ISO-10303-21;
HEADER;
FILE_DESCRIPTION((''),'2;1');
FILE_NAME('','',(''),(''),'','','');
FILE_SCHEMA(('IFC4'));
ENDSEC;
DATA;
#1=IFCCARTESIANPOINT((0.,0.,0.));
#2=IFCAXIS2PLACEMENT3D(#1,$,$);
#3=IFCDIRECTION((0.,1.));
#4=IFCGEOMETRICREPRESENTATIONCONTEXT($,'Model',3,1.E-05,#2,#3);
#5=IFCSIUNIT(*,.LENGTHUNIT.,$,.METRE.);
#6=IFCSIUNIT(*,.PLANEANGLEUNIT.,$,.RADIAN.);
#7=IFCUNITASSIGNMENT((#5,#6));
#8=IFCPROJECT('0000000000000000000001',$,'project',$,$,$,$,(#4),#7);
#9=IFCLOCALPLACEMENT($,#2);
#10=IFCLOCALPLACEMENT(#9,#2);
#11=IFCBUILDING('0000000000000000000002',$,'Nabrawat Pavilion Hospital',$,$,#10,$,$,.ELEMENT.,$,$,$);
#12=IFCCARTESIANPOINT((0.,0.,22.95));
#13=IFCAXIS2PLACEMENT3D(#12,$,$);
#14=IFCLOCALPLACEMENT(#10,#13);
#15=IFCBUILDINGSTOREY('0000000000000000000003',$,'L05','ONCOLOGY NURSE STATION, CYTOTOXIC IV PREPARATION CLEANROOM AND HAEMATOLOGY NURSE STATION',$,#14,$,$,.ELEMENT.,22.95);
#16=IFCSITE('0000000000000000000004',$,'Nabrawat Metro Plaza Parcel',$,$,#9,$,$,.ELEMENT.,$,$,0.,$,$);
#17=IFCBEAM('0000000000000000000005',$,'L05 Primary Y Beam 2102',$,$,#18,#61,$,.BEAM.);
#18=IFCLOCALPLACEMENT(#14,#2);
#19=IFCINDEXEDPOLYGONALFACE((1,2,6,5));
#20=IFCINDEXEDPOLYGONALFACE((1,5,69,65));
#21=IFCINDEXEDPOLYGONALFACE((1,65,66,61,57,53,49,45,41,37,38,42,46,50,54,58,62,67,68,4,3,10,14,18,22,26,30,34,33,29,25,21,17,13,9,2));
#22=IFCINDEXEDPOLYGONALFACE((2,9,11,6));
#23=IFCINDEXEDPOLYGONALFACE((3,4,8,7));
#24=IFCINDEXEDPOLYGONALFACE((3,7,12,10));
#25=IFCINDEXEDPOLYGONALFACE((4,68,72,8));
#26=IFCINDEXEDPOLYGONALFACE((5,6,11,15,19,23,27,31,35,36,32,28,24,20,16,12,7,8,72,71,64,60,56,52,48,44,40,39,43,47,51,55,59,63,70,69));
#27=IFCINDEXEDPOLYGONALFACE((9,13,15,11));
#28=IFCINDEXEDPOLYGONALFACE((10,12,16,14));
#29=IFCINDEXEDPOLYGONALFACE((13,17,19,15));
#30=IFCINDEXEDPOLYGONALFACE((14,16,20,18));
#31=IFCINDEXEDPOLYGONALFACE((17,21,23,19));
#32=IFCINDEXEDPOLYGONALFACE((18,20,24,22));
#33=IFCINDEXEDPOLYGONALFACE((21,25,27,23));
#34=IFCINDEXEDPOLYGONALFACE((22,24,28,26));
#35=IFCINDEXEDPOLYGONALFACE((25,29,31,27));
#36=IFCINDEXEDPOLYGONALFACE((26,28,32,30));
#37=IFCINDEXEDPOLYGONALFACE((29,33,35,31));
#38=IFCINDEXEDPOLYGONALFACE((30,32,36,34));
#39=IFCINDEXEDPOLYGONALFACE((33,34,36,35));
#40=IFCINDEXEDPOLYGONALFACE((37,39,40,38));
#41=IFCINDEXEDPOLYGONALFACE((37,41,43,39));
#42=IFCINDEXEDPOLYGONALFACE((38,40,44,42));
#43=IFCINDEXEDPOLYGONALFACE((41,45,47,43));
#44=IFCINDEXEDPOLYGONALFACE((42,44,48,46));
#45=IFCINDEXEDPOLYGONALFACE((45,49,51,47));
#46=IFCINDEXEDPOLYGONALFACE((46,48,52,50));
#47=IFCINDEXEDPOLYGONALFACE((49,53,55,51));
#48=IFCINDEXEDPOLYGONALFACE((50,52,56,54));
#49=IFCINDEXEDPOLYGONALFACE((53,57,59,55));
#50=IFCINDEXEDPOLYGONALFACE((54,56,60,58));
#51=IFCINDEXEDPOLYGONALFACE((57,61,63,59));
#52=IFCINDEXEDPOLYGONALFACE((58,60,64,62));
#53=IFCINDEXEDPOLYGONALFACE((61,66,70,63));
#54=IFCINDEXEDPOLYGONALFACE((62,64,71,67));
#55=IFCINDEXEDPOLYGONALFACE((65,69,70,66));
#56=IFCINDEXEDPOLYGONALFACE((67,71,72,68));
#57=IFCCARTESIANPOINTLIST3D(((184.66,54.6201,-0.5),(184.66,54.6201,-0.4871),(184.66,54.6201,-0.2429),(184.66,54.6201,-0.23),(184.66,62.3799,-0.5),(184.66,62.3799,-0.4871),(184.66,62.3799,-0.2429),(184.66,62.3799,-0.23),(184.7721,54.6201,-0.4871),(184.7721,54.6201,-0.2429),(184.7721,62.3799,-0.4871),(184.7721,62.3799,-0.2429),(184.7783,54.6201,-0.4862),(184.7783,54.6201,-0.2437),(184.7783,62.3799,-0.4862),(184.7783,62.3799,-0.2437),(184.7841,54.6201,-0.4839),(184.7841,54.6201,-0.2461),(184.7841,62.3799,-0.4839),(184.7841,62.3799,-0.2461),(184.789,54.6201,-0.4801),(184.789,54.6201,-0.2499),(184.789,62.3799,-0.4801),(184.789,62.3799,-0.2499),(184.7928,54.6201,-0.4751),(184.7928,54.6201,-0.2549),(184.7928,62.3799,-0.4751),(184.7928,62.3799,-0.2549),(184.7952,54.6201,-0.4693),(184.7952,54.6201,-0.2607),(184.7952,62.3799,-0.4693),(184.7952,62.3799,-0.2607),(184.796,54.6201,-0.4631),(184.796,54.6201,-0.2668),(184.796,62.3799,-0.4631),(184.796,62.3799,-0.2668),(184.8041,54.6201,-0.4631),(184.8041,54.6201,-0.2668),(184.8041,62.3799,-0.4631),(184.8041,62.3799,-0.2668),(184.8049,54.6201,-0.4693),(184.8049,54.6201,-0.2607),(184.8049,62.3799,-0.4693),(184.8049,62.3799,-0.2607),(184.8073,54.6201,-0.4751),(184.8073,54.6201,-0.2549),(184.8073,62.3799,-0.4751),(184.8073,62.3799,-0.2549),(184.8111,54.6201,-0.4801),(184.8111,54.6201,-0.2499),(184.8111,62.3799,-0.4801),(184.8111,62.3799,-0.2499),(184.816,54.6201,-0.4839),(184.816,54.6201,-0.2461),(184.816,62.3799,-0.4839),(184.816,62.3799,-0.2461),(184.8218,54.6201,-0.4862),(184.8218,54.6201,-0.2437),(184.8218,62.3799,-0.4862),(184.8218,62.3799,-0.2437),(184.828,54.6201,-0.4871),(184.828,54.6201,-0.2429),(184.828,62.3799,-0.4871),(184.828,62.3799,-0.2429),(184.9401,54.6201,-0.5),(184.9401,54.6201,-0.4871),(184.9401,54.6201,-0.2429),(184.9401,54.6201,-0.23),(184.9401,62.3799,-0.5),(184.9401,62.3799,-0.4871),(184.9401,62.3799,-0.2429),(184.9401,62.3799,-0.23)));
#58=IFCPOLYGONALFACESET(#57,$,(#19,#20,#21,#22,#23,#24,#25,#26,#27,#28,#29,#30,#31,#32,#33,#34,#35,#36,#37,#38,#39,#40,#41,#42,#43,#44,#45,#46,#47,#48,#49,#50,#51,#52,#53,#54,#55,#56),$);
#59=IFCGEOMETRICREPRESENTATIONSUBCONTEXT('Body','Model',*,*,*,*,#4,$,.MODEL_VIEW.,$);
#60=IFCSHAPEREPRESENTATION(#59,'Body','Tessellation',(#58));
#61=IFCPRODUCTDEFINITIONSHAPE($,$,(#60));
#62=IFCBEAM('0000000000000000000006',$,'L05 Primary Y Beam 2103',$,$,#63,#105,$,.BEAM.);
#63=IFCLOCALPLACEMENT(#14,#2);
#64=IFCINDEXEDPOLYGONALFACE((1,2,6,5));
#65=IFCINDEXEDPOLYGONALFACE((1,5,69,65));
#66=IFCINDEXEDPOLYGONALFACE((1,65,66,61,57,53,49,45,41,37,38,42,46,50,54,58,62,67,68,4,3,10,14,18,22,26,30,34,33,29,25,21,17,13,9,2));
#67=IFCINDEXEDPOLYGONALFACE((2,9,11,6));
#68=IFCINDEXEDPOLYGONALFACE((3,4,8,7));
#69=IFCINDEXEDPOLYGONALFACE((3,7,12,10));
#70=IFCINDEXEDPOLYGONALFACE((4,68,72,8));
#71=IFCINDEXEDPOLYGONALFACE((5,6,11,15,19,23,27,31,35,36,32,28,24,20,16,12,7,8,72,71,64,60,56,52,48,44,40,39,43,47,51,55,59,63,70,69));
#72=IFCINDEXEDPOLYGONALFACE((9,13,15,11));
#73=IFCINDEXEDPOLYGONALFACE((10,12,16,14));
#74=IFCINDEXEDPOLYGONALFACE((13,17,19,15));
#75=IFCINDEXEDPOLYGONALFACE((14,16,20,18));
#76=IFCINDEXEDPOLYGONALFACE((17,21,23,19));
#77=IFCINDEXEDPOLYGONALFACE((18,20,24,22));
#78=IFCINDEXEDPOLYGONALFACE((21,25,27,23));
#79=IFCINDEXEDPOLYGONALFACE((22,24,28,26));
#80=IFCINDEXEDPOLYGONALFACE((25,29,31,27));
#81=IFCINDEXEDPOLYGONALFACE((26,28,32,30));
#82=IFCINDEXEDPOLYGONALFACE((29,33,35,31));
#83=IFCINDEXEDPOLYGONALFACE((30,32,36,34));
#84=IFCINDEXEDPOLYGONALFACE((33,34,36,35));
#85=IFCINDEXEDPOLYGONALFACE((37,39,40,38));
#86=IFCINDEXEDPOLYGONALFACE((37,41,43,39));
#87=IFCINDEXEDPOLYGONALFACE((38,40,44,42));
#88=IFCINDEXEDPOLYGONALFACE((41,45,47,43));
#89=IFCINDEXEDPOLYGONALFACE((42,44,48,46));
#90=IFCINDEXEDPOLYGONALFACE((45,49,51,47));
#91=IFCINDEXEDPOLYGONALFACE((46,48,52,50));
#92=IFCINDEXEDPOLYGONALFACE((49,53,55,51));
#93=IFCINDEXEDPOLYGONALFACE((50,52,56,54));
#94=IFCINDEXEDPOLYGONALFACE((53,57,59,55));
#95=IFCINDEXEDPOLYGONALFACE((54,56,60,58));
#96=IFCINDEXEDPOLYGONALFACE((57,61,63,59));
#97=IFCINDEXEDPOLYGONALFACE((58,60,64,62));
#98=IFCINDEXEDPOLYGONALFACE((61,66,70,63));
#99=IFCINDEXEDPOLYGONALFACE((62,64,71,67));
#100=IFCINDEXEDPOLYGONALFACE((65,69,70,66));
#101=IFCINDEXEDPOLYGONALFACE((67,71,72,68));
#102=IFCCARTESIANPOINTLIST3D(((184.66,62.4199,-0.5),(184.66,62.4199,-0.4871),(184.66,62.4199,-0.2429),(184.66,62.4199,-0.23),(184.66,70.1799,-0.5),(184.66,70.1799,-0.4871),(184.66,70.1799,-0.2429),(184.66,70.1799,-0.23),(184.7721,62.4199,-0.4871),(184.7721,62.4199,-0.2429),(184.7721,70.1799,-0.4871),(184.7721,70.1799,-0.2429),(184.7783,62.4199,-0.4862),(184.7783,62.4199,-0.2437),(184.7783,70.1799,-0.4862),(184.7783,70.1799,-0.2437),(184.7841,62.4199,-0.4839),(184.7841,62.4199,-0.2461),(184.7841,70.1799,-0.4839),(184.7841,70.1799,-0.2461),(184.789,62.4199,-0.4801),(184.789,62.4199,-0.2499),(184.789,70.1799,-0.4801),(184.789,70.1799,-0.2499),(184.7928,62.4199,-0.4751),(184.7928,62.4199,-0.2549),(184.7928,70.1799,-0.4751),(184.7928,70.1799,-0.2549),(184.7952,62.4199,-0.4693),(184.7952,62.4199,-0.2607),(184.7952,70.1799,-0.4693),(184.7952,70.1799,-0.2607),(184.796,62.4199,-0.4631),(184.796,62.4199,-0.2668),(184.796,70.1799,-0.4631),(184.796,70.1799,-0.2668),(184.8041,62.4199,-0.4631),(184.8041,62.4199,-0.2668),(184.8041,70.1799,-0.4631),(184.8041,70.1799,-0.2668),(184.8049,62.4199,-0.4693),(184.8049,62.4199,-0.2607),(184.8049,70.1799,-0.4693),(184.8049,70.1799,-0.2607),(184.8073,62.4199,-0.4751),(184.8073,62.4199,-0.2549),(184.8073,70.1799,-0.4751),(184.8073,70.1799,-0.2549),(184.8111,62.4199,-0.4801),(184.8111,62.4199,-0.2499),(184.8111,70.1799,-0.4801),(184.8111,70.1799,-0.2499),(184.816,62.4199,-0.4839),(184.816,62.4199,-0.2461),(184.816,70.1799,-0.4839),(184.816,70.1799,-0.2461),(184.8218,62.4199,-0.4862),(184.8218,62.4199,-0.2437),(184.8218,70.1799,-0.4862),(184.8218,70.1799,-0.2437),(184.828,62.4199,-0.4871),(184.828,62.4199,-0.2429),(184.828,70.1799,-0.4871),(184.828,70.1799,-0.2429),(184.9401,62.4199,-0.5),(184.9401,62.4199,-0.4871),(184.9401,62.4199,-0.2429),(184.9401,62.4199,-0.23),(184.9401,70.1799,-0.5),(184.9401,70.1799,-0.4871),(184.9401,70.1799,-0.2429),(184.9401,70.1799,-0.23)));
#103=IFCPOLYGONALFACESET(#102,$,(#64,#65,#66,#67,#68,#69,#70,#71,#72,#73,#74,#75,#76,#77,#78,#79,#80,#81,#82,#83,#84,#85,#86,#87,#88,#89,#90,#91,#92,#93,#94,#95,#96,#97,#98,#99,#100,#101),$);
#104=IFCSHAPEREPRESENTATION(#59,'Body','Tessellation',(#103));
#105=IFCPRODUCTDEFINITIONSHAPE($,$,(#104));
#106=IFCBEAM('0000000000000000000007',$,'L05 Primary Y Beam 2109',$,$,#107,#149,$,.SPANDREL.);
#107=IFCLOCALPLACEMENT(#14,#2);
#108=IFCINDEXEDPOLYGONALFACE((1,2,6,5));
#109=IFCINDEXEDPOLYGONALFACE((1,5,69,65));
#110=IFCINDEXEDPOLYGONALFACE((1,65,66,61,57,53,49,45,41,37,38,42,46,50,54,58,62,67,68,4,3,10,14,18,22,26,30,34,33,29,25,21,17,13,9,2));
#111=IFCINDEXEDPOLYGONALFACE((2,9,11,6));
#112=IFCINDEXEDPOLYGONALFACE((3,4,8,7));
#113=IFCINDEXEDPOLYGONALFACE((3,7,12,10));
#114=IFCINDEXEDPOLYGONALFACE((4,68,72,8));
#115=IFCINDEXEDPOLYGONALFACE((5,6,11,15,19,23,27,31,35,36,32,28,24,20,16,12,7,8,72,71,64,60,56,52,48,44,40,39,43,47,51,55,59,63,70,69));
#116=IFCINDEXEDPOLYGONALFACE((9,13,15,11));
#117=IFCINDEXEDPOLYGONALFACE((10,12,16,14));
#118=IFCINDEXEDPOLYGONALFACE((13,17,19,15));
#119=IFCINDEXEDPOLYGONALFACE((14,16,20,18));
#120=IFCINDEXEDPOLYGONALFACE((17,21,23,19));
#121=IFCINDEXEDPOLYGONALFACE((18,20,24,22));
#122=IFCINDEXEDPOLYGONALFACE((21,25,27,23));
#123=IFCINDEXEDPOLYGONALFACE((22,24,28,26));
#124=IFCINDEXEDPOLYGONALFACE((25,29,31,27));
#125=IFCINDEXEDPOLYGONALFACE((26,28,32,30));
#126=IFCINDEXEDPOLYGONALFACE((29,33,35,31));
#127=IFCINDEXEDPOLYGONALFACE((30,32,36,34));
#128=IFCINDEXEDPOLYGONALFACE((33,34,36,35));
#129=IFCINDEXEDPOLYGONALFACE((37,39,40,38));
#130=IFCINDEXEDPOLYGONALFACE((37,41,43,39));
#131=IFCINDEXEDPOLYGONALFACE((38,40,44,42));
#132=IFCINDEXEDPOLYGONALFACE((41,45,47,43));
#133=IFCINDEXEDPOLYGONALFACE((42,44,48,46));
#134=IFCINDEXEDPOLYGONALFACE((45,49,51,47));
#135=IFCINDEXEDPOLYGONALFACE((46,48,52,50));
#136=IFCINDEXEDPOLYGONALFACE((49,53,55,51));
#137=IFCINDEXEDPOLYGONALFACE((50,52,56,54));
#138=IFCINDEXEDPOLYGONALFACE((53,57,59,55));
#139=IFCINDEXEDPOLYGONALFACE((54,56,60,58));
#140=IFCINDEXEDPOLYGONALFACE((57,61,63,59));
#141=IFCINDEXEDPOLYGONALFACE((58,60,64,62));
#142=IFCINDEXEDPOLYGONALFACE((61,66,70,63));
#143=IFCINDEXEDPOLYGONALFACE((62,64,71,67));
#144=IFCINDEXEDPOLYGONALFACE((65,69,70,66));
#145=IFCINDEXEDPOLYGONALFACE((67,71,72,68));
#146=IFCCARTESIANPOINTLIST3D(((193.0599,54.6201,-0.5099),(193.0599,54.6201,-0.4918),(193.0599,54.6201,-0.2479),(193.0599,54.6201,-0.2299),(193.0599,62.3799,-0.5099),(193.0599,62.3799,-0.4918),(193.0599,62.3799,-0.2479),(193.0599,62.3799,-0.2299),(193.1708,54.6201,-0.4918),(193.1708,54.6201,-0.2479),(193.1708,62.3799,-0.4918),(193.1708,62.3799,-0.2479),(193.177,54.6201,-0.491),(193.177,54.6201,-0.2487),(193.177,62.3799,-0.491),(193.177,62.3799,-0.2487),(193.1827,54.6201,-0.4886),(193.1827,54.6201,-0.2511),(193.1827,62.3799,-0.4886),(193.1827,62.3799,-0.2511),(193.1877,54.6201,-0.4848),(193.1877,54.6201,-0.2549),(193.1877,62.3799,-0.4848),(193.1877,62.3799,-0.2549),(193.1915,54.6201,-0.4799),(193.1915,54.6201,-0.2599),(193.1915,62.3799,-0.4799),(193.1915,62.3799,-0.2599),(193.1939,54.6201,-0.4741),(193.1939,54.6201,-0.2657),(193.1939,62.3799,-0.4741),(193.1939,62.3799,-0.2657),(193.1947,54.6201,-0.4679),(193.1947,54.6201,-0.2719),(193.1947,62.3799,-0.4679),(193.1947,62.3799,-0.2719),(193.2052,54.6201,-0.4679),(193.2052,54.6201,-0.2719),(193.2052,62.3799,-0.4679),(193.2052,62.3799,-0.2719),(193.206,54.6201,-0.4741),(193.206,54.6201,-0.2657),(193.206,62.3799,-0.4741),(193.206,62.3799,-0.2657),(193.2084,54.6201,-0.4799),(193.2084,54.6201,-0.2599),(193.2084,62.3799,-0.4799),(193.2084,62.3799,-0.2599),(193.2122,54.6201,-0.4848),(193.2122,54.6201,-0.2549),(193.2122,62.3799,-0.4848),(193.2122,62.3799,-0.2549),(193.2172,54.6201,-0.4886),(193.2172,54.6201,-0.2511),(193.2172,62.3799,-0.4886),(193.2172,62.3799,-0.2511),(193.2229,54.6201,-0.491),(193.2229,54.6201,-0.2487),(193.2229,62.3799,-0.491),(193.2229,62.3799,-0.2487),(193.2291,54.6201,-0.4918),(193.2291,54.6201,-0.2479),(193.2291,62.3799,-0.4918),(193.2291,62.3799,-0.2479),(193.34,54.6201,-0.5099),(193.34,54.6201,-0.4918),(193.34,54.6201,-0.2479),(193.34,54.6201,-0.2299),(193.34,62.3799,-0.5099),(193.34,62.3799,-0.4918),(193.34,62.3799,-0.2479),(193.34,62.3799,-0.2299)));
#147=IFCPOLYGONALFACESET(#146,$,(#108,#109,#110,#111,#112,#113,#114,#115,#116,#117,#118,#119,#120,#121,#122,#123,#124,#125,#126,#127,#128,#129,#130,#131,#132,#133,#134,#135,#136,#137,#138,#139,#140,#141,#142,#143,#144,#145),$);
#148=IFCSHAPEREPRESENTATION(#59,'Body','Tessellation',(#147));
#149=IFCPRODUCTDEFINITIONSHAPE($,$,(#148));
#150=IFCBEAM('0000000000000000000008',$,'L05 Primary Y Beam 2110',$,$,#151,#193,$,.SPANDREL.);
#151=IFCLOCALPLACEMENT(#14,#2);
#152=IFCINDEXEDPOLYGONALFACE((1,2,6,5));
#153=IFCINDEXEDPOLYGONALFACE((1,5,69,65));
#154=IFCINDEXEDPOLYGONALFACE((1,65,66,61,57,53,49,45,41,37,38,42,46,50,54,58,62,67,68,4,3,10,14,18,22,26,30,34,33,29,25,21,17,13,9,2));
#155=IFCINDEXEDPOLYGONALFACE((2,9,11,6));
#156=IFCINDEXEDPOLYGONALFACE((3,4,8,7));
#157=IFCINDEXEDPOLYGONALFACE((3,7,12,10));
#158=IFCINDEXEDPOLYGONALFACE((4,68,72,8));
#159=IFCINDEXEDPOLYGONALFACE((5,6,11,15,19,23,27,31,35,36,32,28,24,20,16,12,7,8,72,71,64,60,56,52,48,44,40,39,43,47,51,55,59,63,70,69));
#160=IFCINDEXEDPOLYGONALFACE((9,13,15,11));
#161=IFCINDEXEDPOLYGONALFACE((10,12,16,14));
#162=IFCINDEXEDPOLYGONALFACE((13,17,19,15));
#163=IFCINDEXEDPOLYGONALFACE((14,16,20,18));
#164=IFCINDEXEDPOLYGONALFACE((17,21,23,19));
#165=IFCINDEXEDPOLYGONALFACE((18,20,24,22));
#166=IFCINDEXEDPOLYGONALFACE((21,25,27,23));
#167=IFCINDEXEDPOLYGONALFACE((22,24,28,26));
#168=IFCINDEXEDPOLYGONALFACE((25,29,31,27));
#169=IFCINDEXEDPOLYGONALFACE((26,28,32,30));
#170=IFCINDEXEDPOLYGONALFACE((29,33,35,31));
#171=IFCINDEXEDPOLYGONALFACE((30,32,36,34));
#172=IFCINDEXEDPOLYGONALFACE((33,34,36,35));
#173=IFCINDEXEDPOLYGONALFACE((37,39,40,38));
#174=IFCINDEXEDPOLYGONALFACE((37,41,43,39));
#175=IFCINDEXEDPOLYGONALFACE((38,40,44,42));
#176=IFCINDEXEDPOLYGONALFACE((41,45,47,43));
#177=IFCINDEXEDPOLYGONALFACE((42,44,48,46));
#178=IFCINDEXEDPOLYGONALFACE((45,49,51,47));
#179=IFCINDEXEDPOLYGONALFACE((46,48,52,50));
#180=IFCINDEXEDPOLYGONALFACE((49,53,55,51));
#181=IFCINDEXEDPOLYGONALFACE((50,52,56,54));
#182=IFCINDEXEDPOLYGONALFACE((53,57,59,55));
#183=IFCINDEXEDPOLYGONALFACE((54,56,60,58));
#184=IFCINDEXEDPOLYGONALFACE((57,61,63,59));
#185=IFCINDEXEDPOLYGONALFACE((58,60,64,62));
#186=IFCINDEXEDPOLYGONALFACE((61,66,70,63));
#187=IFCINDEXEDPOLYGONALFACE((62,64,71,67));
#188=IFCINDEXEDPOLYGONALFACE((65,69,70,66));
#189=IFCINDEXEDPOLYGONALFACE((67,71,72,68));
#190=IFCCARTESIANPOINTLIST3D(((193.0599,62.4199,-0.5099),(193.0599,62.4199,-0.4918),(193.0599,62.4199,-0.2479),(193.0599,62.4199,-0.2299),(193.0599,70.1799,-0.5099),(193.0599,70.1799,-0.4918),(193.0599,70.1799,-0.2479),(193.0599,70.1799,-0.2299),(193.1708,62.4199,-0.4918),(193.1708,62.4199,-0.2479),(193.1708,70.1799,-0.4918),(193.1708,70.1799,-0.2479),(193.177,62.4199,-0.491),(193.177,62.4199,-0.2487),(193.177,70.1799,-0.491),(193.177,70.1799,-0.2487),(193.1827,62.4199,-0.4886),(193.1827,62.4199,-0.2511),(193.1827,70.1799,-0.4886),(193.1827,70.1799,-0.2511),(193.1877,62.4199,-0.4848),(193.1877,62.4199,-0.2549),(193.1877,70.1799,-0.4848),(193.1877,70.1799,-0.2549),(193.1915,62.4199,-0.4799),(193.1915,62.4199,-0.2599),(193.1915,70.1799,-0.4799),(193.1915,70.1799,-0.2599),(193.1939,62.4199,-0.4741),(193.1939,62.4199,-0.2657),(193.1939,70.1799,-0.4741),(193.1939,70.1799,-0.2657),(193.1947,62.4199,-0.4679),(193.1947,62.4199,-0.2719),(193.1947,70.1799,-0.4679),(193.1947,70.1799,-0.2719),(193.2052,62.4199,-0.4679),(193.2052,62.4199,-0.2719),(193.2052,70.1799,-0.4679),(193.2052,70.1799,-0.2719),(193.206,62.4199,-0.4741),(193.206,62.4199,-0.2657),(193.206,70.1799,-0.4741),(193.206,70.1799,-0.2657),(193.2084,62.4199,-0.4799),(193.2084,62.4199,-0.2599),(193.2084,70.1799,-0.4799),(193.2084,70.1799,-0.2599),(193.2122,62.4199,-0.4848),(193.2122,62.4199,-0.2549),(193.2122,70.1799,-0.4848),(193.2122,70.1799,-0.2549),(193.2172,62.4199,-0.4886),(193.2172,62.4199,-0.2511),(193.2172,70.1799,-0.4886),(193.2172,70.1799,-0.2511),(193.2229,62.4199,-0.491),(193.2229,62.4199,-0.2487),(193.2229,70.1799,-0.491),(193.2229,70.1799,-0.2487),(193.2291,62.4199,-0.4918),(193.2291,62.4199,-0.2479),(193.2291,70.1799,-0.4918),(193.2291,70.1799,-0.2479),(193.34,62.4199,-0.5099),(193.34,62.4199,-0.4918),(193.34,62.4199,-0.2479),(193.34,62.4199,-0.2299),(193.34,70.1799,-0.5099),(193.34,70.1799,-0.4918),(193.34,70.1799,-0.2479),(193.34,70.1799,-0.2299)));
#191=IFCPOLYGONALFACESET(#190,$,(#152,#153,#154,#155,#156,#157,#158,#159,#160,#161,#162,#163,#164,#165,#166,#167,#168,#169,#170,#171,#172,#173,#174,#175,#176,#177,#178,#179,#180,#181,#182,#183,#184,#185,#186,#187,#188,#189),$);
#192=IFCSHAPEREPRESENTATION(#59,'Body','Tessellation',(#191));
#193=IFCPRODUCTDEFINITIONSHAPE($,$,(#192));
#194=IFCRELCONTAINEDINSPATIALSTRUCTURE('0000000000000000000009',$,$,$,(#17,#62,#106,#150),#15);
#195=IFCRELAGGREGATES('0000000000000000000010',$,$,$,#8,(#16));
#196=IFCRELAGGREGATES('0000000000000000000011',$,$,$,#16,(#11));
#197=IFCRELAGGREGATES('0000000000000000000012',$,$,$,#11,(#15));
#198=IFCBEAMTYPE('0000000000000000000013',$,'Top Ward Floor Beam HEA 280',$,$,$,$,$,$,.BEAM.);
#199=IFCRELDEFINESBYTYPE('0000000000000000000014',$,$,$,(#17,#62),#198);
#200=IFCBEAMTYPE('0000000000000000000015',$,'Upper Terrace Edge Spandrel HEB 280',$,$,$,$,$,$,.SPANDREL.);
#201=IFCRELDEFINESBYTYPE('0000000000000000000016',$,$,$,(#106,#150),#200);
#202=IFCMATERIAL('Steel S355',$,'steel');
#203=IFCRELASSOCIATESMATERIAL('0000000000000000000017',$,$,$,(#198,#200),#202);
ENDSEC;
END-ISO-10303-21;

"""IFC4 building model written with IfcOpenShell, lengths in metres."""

from ifc_helpers import new_model, si_unit, direction, frame, origin, origin_2d, place, context, subcontext, project, spatial, i_section, extrude, material, material_profile, profile_set, type_object, element, save


model = new_model("IFC4")

# Units and contexts
model_context = context("Model", 3, precision=1e-05, world=origin(), true_north=direction((0.0, 1.0)))
body_context = subcontext(model_context, "Body", "Model", "MODEL_VIEW")
ifc_project = project(units=[si_unit("LENGTHUNIT", "METRE"), si_unit("PLANEANGLEUNIT", "RADIAN")], contexts=[model_context])

# Site, building, storey
site_placement = place(None, origin())
site = spatial("IfcSite", under=ifc_project, at=site_placement, Name="Nabrawat Metro Plaza Parcel", CompositionType="ELEMENT", RefElevation=0.0)
building_placement = place(site_placement, origin())
building = spatial("IfcBuilding", under=site, at=building_placement, Name="Nabrawat Pavilion Hospital", CompositionType="ELEMENT")
storey_placement = place(building_placement, frame((0.0, 0.0, 22.95)))
storey = spatial("IfcBuildingStorey", under=building, at=storey_placement, Name="L05", Description="ONCOLOGY NURSE STATION, CYTOTOXIC IV PREPARATION CLEANROOM AND HAEMATOLOGY NURSE STATION", CompositionType="ELEMENT", Elevation=22.95)

# Shared definitions
ifc_material_1 = material(Name="Steel S355", Category="steel")

# Beams
ifc_material_profile_1 = material_profile(ifc_material_1, i_section(OverallWidth=0.28, OverallDepth=0.27, WebThickness=0.0081, FlangeThickness=0.0129, FilletRadius=0.0239, at=origin_2d()), Name="HEA 280")
ifc_profile_set_1 = profile_set([ifc_material_profile_1], Name="Steel S355")
beam_type_1 = type_object("IfcBeamType", Name="Top Ward Floor Beam HEA 280", PredefinedType="BEAM", material=ifc_profile_set_1)
beam_1_placement = place(storey_placement, frame((184.8, 54.6201, -0.365), z_axis=(0.0, 1.0, 0.0), x_axis=(-1.0, 0.0, 0.0)))
element("IfcBeam", 1, at=beam_1_placement, inside=storey, type_object=beam_type_1, Name="L05 Primary Y Beam 2102", PredefinedType="BEAM", context=body_context, shape_type="SweptSolid", body=[
    extrude(i_section(OverallWidth=0.28, OverallDepth=0.27, WebThickness=0.0081, FlangeThickness=0.0129, FilletRadius=0.0239, at=origin_2d()), origin(), (0.0, 0.0, 1.0), 7.7598),
])
beam_2_placement = place(storey_placement, frame((184.8, 62.4199, -0.365), z_axis=(0.0, 1.0, 0.0), x_axis=(-1.0, 0.0, 0.0)))
element("IfcBeam", 2, at=beam_2_placement, inside=storey, type_object=beam_type_1, Name="L05 Primary Y Beam 2103", PredefinedType="BEAM", context=body_context, shape_type="SweptSolid", body=[
    extrude(i_section(OverallWidth=0.28, OverallDepth=0.27, WebThickness=0.0081, FlangeThickness=0.0129, FilletRadius=0.0239, at=origin_2d()), origin(), (0.0, 0.0, 1.0), 7.76),
])
ifc_material_profile_2 = material_profile(ifc_material_1, i_section(OverallWidth=0.28, OverallDepth=0.28, WebThickness=0.0105, FlangeThickness=0.0181, FilletRadius=0.0239, at=origin_2d()), Name="HEB 280")
ifc_profile_set_2 = profile_set([ifc_material_profile_2], Name="Steel S355")
beam_type_2 = type_object("IfcBeamType", Name="Upper Terrace Edge Spandrel HEB 280", PredefinedType="SPANDREL", material=ifc_profile_set_2)
beam_3_placement = place(storey_placement, frame((193.2, 54.6201, -0.3699), z_axis=(0.0, 1.0, 0.0), x_axis=(-1.0, 0.0, 0.0)))
element("IfcBeam", 3, at=beam_3_placement, inside=storey, type_object=beam_type_2, Name="L05 Primary Y Beam 2109", PredefinedType="SPANDREL", context=body_context, shape_type="SweptSolid", body=[
    extrude(i_section(OverallWidth=0.28, OverallDepth=0.28, WebThickness=0.0105, FlangeThickness=0.0181, FilletRadius=0.0239, at=origin_2d()), origin(), (0.0, 0.0, 1.0), 7.7598),
])
beam_4_placement = place(storey_placement, frame((193.2, 62.4199, -0.3699), z_axis=(0.0, 1.0, 0.0), x_axis=(-1.0, 0.0, 0.0)))
element("IfcBeam", 4, at=beam_4_placement, inside=storey, type_object=beam_type_2, Name="L05 Primary Y Beam 2110", PredefinedType="SPANDREL", context=body_context, shape_type="SweptSolid", body=[
    extrude(i_section(OverallWidth=0.28, OverallDepth=0.28, WebThickness=0.0105, FlangeThickness=0.0181, FilletRadius=0.0239, at=origin_2d()), origin(), (0.0, 0.0, 1.0), 7.76),
])

save(model, "model.ifc")
